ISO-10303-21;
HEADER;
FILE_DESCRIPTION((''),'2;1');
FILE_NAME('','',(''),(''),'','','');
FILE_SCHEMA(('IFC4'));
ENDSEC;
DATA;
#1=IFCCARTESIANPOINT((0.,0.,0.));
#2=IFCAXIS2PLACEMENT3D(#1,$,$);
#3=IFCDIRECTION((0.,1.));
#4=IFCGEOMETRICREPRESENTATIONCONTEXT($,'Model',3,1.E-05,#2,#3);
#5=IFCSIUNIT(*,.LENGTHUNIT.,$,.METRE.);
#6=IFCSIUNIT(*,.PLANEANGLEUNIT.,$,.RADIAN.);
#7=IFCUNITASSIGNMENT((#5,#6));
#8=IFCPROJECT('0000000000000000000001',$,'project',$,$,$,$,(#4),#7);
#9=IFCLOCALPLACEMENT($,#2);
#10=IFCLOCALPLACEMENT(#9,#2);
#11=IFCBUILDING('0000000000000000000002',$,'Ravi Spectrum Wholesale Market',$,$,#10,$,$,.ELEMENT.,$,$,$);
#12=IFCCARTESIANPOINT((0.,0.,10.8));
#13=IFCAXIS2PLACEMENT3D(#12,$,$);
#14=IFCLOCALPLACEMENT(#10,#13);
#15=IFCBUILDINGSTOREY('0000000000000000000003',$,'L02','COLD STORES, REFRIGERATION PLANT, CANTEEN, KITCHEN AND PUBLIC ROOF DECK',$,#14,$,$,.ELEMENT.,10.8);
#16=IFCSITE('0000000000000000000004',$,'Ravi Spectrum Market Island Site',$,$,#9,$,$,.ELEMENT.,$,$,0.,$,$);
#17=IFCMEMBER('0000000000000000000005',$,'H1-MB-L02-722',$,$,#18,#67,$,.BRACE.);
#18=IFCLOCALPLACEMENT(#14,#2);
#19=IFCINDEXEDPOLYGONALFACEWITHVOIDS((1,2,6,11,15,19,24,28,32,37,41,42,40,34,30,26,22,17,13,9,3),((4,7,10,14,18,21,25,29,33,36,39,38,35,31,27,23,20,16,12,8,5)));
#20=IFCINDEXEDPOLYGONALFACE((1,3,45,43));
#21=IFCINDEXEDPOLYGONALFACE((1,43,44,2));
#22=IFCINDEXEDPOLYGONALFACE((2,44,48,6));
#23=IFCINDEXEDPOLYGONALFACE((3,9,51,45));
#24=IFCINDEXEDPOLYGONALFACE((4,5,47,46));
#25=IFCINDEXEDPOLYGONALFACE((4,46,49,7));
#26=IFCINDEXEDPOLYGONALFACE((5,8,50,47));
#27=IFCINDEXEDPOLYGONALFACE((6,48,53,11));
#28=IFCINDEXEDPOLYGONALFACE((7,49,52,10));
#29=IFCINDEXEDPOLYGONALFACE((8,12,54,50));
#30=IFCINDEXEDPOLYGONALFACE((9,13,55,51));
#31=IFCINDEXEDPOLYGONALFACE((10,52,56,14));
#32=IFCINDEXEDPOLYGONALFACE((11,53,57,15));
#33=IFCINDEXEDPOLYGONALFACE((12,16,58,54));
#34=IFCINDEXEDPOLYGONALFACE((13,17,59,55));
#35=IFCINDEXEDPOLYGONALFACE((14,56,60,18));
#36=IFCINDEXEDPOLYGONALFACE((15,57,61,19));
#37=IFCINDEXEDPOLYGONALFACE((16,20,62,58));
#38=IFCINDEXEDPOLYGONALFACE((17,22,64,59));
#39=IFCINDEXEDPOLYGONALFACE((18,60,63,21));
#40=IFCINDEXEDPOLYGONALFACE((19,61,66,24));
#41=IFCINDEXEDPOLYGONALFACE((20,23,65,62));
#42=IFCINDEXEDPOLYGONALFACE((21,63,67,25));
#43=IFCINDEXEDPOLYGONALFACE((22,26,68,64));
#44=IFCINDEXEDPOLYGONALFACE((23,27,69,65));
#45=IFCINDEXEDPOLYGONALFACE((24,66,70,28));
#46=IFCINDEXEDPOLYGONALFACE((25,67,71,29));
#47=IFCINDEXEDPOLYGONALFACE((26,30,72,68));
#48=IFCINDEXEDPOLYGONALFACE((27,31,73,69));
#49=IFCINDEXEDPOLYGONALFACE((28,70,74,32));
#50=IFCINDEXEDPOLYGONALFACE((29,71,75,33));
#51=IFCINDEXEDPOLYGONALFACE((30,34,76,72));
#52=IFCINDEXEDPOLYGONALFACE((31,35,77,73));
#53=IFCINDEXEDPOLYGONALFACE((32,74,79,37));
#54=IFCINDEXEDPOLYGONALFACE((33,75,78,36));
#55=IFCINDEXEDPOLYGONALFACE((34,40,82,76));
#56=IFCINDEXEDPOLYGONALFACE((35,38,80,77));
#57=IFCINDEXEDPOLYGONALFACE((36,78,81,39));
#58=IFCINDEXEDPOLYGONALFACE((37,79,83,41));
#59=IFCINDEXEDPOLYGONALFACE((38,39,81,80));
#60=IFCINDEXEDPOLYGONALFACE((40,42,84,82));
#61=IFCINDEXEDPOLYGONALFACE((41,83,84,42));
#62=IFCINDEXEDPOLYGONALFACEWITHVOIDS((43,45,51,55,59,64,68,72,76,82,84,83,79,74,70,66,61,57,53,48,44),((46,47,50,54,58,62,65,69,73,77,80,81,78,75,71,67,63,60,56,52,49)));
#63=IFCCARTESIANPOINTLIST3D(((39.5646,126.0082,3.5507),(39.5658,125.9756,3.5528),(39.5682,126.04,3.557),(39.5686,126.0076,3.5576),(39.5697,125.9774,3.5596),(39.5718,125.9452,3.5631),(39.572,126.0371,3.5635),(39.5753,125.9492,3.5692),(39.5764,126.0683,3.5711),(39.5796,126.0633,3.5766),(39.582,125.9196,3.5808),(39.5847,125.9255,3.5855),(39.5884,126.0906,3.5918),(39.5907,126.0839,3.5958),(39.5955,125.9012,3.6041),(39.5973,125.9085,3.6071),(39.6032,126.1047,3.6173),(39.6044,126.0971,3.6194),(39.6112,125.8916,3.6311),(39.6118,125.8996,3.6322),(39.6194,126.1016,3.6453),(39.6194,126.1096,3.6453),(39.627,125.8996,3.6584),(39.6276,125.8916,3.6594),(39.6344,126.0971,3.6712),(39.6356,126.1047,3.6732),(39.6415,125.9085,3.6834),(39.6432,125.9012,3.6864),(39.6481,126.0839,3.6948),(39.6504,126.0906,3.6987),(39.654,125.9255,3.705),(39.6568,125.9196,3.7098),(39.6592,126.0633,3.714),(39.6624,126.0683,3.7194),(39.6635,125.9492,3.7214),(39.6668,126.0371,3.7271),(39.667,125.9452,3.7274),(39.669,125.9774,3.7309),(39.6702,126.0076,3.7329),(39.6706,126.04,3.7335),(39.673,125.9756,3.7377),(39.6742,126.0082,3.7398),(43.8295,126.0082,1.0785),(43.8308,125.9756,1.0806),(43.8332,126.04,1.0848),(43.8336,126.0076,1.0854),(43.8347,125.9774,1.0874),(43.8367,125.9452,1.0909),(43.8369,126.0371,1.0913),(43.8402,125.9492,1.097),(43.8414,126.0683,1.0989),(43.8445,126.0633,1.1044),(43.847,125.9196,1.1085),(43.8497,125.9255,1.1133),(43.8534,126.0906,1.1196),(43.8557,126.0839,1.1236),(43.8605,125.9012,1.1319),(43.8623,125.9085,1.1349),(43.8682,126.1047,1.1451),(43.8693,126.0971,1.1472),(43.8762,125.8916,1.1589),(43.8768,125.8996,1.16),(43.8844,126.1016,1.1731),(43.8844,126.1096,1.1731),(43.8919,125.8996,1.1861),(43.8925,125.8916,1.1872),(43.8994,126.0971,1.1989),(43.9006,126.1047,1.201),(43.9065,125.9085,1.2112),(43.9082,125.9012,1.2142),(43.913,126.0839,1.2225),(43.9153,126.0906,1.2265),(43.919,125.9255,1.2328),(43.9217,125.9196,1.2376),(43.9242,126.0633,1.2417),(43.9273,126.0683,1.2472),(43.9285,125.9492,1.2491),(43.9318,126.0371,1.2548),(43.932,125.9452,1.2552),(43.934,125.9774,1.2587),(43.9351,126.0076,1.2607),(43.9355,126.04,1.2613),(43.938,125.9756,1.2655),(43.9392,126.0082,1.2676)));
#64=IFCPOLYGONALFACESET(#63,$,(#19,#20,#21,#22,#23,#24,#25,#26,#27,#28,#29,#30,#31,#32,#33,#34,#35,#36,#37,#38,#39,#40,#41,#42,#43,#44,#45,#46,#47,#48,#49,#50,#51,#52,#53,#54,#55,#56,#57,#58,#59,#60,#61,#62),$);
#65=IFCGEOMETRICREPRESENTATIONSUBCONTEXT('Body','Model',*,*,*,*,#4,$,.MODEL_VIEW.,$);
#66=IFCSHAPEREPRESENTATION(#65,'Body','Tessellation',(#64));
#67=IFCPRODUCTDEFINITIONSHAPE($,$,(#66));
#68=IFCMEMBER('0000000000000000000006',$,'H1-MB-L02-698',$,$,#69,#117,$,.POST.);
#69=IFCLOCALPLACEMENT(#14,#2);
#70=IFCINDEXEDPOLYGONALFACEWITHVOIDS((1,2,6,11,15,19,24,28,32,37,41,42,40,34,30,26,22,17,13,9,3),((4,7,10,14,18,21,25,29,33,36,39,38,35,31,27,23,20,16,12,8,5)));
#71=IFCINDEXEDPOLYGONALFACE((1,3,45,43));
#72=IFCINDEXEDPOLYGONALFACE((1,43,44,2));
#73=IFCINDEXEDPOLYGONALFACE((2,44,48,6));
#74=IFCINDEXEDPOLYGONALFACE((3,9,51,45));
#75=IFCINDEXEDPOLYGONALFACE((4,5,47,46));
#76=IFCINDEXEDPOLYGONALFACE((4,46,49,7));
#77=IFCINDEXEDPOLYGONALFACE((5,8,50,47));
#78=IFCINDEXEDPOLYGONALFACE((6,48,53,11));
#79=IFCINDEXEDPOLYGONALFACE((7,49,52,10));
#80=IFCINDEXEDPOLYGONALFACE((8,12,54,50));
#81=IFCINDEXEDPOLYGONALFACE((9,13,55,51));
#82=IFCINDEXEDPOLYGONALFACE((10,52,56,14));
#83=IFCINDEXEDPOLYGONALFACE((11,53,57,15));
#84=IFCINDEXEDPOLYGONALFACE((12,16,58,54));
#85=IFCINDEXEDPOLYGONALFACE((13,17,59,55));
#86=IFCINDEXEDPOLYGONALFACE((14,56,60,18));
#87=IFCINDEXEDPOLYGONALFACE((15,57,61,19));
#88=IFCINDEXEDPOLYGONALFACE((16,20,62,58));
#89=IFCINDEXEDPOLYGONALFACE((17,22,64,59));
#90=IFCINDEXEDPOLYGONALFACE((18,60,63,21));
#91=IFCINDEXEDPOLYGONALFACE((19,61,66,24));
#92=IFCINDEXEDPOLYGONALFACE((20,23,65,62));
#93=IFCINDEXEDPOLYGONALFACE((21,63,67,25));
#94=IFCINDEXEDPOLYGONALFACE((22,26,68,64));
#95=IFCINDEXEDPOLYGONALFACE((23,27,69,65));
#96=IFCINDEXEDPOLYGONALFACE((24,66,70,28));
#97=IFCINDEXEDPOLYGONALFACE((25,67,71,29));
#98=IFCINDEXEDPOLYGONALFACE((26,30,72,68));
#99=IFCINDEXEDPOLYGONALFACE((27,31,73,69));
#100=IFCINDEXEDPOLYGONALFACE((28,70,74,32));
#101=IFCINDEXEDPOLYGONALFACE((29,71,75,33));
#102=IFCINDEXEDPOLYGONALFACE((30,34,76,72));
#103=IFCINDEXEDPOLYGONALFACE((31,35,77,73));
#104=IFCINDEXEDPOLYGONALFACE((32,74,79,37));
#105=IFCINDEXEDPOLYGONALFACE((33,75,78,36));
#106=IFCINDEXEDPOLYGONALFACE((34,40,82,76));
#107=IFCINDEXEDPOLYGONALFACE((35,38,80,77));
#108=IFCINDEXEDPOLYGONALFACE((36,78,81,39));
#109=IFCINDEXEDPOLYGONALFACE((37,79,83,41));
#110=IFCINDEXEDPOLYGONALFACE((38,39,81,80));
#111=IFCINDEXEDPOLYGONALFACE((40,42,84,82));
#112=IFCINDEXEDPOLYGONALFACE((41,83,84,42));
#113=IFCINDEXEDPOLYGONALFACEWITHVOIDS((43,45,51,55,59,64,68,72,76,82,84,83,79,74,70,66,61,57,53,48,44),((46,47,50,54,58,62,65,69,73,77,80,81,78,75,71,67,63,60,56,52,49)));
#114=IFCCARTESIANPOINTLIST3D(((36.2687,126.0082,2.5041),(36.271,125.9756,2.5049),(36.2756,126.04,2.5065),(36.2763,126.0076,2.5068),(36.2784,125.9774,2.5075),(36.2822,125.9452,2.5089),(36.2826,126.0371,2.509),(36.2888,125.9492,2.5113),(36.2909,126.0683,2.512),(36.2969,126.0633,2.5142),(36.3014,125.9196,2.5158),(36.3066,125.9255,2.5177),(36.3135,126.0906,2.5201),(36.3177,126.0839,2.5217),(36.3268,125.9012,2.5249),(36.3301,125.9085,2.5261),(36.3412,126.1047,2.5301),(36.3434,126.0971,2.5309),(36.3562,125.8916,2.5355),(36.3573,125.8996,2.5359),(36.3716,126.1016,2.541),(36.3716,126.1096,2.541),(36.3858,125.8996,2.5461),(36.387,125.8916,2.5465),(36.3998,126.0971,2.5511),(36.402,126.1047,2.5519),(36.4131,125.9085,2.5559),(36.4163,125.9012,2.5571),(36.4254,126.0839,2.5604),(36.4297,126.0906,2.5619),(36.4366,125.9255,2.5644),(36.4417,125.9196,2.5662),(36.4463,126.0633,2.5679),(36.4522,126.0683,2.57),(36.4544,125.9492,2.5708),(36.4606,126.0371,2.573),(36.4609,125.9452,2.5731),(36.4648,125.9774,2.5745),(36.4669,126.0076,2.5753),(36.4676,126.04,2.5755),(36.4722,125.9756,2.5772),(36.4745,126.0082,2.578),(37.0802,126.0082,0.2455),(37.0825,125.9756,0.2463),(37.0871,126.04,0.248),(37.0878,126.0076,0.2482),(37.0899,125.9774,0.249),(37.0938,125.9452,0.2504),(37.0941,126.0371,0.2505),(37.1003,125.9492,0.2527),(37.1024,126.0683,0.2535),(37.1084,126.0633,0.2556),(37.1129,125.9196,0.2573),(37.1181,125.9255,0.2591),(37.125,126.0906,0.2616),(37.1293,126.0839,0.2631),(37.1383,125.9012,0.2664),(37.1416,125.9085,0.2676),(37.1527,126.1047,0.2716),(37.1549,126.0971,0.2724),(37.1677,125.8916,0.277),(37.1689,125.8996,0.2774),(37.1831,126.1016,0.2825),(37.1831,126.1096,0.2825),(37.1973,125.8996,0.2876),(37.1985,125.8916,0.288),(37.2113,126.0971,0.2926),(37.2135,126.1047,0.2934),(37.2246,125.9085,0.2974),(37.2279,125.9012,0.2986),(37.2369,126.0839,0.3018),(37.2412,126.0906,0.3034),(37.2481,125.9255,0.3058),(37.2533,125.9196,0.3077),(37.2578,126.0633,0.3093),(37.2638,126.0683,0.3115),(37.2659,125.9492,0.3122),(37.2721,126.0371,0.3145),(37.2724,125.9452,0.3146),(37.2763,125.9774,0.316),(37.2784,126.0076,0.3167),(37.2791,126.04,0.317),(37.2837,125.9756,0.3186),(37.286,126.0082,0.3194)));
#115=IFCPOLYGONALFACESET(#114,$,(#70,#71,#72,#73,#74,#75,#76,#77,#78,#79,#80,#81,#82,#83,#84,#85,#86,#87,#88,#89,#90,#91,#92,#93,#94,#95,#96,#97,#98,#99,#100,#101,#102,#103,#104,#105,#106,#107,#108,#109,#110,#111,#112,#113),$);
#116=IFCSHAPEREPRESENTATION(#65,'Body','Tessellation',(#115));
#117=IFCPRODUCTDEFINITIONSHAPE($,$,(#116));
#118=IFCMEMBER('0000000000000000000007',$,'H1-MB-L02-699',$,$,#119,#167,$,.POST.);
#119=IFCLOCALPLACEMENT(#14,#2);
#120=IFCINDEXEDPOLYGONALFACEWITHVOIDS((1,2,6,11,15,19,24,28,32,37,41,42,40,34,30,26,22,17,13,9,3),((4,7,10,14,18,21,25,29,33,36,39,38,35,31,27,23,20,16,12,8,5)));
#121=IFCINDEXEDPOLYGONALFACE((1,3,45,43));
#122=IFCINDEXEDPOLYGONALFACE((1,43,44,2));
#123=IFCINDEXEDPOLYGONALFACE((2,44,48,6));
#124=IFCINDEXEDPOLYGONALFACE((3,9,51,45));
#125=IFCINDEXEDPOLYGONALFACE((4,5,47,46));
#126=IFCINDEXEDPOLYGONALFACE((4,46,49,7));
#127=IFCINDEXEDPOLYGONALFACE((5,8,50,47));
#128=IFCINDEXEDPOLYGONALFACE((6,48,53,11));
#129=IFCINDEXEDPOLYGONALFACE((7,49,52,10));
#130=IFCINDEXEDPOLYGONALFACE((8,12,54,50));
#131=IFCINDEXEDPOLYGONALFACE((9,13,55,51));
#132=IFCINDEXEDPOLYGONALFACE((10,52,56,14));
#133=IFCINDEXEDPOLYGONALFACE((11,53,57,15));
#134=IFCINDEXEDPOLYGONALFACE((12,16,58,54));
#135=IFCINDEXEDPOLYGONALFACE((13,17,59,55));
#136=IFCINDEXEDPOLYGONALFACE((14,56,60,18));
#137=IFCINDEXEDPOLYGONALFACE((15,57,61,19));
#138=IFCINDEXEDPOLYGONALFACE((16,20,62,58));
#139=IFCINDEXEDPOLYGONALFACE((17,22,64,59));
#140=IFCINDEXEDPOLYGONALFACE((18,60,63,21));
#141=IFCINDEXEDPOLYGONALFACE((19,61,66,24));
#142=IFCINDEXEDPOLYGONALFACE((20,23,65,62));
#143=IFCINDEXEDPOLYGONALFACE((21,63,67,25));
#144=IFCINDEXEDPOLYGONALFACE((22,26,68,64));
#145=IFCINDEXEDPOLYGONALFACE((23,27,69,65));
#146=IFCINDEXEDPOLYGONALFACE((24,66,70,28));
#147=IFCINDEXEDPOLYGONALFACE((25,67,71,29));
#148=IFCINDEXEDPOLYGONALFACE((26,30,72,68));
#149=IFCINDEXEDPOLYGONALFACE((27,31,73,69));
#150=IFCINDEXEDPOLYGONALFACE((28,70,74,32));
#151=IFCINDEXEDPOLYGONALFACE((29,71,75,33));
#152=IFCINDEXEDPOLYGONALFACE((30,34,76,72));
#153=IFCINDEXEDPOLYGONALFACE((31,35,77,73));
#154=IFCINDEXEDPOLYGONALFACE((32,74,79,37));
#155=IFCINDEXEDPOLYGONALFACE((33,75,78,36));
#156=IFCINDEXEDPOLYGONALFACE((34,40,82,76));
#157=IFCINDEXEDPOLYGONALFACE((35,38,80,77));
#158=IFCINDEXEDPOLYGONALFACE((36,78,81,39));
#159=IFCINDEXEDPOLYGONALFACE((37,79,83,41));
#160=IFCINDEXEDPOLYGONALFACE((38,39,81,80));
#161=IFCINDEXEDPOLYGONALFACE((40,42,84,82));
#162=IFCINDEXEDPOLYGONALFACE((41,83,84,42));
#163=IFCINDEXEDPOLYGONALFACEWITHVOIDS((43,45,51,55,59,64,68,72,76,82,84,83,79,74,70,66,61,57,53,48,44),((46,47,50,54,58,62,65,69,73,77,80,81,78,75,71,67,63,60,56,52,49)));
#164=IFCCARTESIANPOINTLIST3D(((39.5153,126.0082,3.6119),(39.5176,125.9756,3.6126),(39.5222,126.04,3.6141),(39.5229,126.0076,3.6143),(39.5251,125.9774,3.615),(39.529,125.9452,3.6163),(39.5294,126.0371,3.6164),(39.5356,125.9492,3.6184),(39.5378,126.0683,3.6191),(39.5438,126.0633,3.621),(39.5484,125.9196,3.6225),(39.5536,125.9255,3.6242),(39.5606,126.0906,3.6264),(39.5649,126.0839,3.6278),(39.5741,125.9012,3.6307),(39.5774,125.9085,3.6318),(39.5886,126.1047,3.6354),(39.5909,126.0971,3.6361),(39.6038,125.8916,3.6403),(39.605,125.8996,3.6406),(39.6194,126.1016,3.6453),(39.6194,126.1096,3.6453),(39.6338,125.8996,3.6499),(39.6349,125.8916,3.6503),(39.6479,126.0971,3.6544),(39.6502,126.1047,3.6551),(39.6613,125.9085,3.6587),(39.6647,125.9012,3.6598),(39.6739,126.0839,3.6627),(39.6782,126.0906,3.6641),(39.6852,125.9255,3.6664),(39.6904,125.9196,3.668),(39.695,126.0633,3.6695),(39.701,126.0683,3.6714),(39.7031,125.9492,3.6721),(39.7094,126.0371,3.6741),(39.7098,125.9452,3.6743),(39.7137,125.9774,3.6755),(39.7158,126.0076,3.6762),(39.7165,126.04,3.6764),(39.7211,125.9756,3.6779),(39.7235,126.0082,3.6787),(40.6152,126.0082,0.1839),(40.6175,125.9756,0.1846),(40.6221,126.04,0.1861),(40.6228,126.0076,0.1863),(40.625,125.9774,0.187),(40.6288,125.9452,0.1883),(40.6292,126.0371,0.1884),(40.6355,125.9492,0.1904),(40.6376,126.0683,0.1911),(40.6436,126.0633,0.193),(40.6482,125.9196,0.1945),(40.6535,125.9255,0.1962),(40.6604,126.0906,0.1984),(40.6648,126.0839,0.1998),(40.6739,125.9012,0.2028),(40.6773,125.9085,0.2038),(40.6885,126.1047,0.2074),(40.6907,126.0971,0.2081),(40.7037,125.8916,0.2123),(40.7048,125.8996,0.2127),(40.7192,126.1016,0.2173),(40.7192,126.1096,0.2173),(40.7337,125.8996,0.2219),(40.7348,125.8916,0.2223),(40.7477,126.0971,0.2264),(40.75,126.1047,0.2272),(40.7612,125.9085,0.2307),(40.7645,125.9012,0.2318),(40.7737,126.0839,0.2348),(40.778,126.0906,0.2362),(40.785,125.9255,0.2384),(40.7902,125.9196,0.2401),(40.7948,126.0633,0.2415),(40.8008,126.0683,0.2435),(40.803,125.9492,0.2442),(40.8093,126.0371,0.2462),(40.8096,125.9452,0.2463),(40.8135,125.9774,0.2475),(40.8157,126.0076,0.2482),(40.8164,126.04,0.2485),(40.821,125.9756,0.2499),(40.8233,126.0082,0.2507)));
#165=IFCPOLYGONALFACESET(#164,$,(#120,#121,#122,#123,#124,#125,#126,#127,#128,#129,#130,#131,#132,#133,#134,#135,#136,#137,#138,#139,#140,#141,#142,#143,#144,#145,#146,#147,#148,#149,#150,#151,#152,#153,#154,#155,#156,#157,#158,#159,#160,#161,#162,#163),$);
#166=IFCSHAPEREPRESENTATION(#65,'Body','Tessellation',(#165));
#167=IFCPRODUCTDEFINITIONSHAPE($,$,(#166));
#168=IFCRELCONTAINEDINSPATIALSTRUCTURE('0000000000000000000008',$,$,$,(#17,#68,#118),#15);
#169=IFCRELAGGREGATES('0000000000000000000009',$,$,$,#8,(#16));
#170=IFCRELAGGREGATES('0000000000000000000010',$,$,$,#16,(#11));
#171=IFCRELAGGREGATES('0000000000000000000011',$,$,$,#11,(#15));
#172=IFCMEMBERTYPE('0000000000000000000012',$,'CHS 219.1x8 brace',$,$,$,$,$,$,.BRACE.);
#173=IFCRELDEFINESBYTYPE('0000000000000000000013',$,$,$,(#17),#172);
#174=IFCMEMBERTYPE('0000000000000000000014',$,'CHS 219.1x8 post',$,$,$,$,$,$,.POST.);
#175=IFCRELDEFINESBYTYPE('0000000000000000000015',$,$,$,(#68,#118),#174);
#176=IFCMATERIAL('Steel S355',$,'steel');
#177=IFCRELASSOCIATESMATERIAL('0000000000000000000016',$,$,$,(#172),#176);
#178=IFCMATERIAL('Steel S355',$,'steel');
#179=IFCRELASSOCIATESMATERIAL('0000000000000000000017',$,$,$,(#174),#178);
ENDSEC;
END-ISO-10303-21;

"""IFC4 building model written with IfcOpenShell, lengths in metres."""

from ifc_helpers import new_model, si_unit, direction, frame, origin, origin_2d, place, context, subcontext, project, spatial, hollow_circle, extrude, material, material_profile, profile_set, type_object, element, save


model = new_model("IFC4")

# Units and contexts
model_context = context("Model", 3, precision=1e-05, world=origin(), true_north=direction((0.0, 1.0)))
body_context = subcontext(model_context, "Body", "Model", "MODEL_VIEW")
ifc_project = project(units=[si_unit("LENGTHUNIT", "METRE"), si_unit("PLANEANGLEUNIT", "RADIAN")], contexts=[model_context])

# Site, building, storey
site_placement = place(None, origin())
site = spatial("IfcSite", under=ifc_project, at=site_placement, Name="Ravi Spectrum Market Island Site", CompositionType="ELEMENT", RefElevation=0.0)
building_placement = place(site_placement, origin())
building = spatial("IfcBuilding", under=site, at=building_placement, Name="Ravi Spectrum Wholesale Market", CompositionType="ELEMENT")
storey_placement = place(building_placement, frame((0.0, 0.0, 10.8)))
storey = spatial("IfcBuildingStorey", under=building, at=storey_placement, Name="L02", Description="COLD STORES, REFRIGERATION PLANT, CANTEEN, KITCHEN AND PUBLIC ROOF DECK", CompositionType="ELEMENT", Elevation=10.8)

# Members
ifc_material_1 = material(Name="Steel S355", Category="steel")
ifc_material_profile_1 = material_profile(ifc_material_1, hollow_circle(Radius=0.1096, WallThickness=0.0081, at=origin_2d()))
ifc_profile_set_1 = profile_set([ifc_material_profile_1], Name="Steel S355")
member_type_1 = type_object("IfcMemberType", Name="CHS 219.1x8 brace", PredefinedType="BRACE", material=ifc_profile_set_1)
for number, where, z_axis, x_axis, name in (
    (1, (39.6194, 126.0, 3.6453), (0.865161, 0.0, -0.501495), (0.0, 1.0, 0.0), "H1-MB-L02-722"),
):
    element("IfcMember", number, at=place(storey_placement, frame(where, z_axis=z_axis, x_axis=x_axis)), inside=storey, type_object=member_type_1, Name=name, PredefinedType="BRACE", context=body_context, shape_type="SweptSolid", body=[
        extrude(hollow_circle(Radius=0.1096, WallThickness=0.0081, at=origin_2d()), origin(), (0.0, 0.0, 1.0), 4.9297),
    ])
ifc_material_2 = material(Name="Steel S355", Category="steel")
ifc_material_profile_2 = material_profile(ifc_material_2, hollow_circle(Radius=0.1096, WallThickness=0.0081, at=origin_2d()))
ifc_profile_set_2 = profile_set([ifc_material_profile_2], Name="Steel S355")
member_type_2 = type_object("IfcMemberType", Name="CHS 219.1x8 post", PredefinedType="POST", material=ifc_profile_set_2)
member_1_placement = place(storey_placement, frame((36.3716, 126.0, 2.541), z_axis=(0.338147, 0.0, -0.941093), x_axis=(0.0, 1.0, 0.0)))
element("IfcMember", 2, at=member_1_placement, inside=storey, type_object=member_type_2, Name="H1-MB-L02-698", PredefinedType="POST", context=body_context, shape_type="SweptSolid", body=[
    extrude(hollow_circle(Radius=0.1096, WallThickness=0.0081, at=origin_2d()), origin(), (0.0, 0.0, 1.0), 2.3999),
])
member_2_placement = place(storey_placement, frame((39.6194, 126.0, 3.6453), z_axis=(0.305506, 0.0, -0.95219), x_axis=(0.0, 1.0, 0.0)))
element("IfcMember", 3, at=member_2_placement, inside=storey, type_object=member_type_2, Name="H1-MB-L02-699", PredefinedType="POST", context=body_context, shape_type="SweptSolid", body=[
    extrude(hollow_circle(Radius=0.1096, WallThickness=0.0081, at=origin_2d()), origin(), (0.0, 0.0, 1.0), 3.6001),
])

save(model, "model.ifc")
